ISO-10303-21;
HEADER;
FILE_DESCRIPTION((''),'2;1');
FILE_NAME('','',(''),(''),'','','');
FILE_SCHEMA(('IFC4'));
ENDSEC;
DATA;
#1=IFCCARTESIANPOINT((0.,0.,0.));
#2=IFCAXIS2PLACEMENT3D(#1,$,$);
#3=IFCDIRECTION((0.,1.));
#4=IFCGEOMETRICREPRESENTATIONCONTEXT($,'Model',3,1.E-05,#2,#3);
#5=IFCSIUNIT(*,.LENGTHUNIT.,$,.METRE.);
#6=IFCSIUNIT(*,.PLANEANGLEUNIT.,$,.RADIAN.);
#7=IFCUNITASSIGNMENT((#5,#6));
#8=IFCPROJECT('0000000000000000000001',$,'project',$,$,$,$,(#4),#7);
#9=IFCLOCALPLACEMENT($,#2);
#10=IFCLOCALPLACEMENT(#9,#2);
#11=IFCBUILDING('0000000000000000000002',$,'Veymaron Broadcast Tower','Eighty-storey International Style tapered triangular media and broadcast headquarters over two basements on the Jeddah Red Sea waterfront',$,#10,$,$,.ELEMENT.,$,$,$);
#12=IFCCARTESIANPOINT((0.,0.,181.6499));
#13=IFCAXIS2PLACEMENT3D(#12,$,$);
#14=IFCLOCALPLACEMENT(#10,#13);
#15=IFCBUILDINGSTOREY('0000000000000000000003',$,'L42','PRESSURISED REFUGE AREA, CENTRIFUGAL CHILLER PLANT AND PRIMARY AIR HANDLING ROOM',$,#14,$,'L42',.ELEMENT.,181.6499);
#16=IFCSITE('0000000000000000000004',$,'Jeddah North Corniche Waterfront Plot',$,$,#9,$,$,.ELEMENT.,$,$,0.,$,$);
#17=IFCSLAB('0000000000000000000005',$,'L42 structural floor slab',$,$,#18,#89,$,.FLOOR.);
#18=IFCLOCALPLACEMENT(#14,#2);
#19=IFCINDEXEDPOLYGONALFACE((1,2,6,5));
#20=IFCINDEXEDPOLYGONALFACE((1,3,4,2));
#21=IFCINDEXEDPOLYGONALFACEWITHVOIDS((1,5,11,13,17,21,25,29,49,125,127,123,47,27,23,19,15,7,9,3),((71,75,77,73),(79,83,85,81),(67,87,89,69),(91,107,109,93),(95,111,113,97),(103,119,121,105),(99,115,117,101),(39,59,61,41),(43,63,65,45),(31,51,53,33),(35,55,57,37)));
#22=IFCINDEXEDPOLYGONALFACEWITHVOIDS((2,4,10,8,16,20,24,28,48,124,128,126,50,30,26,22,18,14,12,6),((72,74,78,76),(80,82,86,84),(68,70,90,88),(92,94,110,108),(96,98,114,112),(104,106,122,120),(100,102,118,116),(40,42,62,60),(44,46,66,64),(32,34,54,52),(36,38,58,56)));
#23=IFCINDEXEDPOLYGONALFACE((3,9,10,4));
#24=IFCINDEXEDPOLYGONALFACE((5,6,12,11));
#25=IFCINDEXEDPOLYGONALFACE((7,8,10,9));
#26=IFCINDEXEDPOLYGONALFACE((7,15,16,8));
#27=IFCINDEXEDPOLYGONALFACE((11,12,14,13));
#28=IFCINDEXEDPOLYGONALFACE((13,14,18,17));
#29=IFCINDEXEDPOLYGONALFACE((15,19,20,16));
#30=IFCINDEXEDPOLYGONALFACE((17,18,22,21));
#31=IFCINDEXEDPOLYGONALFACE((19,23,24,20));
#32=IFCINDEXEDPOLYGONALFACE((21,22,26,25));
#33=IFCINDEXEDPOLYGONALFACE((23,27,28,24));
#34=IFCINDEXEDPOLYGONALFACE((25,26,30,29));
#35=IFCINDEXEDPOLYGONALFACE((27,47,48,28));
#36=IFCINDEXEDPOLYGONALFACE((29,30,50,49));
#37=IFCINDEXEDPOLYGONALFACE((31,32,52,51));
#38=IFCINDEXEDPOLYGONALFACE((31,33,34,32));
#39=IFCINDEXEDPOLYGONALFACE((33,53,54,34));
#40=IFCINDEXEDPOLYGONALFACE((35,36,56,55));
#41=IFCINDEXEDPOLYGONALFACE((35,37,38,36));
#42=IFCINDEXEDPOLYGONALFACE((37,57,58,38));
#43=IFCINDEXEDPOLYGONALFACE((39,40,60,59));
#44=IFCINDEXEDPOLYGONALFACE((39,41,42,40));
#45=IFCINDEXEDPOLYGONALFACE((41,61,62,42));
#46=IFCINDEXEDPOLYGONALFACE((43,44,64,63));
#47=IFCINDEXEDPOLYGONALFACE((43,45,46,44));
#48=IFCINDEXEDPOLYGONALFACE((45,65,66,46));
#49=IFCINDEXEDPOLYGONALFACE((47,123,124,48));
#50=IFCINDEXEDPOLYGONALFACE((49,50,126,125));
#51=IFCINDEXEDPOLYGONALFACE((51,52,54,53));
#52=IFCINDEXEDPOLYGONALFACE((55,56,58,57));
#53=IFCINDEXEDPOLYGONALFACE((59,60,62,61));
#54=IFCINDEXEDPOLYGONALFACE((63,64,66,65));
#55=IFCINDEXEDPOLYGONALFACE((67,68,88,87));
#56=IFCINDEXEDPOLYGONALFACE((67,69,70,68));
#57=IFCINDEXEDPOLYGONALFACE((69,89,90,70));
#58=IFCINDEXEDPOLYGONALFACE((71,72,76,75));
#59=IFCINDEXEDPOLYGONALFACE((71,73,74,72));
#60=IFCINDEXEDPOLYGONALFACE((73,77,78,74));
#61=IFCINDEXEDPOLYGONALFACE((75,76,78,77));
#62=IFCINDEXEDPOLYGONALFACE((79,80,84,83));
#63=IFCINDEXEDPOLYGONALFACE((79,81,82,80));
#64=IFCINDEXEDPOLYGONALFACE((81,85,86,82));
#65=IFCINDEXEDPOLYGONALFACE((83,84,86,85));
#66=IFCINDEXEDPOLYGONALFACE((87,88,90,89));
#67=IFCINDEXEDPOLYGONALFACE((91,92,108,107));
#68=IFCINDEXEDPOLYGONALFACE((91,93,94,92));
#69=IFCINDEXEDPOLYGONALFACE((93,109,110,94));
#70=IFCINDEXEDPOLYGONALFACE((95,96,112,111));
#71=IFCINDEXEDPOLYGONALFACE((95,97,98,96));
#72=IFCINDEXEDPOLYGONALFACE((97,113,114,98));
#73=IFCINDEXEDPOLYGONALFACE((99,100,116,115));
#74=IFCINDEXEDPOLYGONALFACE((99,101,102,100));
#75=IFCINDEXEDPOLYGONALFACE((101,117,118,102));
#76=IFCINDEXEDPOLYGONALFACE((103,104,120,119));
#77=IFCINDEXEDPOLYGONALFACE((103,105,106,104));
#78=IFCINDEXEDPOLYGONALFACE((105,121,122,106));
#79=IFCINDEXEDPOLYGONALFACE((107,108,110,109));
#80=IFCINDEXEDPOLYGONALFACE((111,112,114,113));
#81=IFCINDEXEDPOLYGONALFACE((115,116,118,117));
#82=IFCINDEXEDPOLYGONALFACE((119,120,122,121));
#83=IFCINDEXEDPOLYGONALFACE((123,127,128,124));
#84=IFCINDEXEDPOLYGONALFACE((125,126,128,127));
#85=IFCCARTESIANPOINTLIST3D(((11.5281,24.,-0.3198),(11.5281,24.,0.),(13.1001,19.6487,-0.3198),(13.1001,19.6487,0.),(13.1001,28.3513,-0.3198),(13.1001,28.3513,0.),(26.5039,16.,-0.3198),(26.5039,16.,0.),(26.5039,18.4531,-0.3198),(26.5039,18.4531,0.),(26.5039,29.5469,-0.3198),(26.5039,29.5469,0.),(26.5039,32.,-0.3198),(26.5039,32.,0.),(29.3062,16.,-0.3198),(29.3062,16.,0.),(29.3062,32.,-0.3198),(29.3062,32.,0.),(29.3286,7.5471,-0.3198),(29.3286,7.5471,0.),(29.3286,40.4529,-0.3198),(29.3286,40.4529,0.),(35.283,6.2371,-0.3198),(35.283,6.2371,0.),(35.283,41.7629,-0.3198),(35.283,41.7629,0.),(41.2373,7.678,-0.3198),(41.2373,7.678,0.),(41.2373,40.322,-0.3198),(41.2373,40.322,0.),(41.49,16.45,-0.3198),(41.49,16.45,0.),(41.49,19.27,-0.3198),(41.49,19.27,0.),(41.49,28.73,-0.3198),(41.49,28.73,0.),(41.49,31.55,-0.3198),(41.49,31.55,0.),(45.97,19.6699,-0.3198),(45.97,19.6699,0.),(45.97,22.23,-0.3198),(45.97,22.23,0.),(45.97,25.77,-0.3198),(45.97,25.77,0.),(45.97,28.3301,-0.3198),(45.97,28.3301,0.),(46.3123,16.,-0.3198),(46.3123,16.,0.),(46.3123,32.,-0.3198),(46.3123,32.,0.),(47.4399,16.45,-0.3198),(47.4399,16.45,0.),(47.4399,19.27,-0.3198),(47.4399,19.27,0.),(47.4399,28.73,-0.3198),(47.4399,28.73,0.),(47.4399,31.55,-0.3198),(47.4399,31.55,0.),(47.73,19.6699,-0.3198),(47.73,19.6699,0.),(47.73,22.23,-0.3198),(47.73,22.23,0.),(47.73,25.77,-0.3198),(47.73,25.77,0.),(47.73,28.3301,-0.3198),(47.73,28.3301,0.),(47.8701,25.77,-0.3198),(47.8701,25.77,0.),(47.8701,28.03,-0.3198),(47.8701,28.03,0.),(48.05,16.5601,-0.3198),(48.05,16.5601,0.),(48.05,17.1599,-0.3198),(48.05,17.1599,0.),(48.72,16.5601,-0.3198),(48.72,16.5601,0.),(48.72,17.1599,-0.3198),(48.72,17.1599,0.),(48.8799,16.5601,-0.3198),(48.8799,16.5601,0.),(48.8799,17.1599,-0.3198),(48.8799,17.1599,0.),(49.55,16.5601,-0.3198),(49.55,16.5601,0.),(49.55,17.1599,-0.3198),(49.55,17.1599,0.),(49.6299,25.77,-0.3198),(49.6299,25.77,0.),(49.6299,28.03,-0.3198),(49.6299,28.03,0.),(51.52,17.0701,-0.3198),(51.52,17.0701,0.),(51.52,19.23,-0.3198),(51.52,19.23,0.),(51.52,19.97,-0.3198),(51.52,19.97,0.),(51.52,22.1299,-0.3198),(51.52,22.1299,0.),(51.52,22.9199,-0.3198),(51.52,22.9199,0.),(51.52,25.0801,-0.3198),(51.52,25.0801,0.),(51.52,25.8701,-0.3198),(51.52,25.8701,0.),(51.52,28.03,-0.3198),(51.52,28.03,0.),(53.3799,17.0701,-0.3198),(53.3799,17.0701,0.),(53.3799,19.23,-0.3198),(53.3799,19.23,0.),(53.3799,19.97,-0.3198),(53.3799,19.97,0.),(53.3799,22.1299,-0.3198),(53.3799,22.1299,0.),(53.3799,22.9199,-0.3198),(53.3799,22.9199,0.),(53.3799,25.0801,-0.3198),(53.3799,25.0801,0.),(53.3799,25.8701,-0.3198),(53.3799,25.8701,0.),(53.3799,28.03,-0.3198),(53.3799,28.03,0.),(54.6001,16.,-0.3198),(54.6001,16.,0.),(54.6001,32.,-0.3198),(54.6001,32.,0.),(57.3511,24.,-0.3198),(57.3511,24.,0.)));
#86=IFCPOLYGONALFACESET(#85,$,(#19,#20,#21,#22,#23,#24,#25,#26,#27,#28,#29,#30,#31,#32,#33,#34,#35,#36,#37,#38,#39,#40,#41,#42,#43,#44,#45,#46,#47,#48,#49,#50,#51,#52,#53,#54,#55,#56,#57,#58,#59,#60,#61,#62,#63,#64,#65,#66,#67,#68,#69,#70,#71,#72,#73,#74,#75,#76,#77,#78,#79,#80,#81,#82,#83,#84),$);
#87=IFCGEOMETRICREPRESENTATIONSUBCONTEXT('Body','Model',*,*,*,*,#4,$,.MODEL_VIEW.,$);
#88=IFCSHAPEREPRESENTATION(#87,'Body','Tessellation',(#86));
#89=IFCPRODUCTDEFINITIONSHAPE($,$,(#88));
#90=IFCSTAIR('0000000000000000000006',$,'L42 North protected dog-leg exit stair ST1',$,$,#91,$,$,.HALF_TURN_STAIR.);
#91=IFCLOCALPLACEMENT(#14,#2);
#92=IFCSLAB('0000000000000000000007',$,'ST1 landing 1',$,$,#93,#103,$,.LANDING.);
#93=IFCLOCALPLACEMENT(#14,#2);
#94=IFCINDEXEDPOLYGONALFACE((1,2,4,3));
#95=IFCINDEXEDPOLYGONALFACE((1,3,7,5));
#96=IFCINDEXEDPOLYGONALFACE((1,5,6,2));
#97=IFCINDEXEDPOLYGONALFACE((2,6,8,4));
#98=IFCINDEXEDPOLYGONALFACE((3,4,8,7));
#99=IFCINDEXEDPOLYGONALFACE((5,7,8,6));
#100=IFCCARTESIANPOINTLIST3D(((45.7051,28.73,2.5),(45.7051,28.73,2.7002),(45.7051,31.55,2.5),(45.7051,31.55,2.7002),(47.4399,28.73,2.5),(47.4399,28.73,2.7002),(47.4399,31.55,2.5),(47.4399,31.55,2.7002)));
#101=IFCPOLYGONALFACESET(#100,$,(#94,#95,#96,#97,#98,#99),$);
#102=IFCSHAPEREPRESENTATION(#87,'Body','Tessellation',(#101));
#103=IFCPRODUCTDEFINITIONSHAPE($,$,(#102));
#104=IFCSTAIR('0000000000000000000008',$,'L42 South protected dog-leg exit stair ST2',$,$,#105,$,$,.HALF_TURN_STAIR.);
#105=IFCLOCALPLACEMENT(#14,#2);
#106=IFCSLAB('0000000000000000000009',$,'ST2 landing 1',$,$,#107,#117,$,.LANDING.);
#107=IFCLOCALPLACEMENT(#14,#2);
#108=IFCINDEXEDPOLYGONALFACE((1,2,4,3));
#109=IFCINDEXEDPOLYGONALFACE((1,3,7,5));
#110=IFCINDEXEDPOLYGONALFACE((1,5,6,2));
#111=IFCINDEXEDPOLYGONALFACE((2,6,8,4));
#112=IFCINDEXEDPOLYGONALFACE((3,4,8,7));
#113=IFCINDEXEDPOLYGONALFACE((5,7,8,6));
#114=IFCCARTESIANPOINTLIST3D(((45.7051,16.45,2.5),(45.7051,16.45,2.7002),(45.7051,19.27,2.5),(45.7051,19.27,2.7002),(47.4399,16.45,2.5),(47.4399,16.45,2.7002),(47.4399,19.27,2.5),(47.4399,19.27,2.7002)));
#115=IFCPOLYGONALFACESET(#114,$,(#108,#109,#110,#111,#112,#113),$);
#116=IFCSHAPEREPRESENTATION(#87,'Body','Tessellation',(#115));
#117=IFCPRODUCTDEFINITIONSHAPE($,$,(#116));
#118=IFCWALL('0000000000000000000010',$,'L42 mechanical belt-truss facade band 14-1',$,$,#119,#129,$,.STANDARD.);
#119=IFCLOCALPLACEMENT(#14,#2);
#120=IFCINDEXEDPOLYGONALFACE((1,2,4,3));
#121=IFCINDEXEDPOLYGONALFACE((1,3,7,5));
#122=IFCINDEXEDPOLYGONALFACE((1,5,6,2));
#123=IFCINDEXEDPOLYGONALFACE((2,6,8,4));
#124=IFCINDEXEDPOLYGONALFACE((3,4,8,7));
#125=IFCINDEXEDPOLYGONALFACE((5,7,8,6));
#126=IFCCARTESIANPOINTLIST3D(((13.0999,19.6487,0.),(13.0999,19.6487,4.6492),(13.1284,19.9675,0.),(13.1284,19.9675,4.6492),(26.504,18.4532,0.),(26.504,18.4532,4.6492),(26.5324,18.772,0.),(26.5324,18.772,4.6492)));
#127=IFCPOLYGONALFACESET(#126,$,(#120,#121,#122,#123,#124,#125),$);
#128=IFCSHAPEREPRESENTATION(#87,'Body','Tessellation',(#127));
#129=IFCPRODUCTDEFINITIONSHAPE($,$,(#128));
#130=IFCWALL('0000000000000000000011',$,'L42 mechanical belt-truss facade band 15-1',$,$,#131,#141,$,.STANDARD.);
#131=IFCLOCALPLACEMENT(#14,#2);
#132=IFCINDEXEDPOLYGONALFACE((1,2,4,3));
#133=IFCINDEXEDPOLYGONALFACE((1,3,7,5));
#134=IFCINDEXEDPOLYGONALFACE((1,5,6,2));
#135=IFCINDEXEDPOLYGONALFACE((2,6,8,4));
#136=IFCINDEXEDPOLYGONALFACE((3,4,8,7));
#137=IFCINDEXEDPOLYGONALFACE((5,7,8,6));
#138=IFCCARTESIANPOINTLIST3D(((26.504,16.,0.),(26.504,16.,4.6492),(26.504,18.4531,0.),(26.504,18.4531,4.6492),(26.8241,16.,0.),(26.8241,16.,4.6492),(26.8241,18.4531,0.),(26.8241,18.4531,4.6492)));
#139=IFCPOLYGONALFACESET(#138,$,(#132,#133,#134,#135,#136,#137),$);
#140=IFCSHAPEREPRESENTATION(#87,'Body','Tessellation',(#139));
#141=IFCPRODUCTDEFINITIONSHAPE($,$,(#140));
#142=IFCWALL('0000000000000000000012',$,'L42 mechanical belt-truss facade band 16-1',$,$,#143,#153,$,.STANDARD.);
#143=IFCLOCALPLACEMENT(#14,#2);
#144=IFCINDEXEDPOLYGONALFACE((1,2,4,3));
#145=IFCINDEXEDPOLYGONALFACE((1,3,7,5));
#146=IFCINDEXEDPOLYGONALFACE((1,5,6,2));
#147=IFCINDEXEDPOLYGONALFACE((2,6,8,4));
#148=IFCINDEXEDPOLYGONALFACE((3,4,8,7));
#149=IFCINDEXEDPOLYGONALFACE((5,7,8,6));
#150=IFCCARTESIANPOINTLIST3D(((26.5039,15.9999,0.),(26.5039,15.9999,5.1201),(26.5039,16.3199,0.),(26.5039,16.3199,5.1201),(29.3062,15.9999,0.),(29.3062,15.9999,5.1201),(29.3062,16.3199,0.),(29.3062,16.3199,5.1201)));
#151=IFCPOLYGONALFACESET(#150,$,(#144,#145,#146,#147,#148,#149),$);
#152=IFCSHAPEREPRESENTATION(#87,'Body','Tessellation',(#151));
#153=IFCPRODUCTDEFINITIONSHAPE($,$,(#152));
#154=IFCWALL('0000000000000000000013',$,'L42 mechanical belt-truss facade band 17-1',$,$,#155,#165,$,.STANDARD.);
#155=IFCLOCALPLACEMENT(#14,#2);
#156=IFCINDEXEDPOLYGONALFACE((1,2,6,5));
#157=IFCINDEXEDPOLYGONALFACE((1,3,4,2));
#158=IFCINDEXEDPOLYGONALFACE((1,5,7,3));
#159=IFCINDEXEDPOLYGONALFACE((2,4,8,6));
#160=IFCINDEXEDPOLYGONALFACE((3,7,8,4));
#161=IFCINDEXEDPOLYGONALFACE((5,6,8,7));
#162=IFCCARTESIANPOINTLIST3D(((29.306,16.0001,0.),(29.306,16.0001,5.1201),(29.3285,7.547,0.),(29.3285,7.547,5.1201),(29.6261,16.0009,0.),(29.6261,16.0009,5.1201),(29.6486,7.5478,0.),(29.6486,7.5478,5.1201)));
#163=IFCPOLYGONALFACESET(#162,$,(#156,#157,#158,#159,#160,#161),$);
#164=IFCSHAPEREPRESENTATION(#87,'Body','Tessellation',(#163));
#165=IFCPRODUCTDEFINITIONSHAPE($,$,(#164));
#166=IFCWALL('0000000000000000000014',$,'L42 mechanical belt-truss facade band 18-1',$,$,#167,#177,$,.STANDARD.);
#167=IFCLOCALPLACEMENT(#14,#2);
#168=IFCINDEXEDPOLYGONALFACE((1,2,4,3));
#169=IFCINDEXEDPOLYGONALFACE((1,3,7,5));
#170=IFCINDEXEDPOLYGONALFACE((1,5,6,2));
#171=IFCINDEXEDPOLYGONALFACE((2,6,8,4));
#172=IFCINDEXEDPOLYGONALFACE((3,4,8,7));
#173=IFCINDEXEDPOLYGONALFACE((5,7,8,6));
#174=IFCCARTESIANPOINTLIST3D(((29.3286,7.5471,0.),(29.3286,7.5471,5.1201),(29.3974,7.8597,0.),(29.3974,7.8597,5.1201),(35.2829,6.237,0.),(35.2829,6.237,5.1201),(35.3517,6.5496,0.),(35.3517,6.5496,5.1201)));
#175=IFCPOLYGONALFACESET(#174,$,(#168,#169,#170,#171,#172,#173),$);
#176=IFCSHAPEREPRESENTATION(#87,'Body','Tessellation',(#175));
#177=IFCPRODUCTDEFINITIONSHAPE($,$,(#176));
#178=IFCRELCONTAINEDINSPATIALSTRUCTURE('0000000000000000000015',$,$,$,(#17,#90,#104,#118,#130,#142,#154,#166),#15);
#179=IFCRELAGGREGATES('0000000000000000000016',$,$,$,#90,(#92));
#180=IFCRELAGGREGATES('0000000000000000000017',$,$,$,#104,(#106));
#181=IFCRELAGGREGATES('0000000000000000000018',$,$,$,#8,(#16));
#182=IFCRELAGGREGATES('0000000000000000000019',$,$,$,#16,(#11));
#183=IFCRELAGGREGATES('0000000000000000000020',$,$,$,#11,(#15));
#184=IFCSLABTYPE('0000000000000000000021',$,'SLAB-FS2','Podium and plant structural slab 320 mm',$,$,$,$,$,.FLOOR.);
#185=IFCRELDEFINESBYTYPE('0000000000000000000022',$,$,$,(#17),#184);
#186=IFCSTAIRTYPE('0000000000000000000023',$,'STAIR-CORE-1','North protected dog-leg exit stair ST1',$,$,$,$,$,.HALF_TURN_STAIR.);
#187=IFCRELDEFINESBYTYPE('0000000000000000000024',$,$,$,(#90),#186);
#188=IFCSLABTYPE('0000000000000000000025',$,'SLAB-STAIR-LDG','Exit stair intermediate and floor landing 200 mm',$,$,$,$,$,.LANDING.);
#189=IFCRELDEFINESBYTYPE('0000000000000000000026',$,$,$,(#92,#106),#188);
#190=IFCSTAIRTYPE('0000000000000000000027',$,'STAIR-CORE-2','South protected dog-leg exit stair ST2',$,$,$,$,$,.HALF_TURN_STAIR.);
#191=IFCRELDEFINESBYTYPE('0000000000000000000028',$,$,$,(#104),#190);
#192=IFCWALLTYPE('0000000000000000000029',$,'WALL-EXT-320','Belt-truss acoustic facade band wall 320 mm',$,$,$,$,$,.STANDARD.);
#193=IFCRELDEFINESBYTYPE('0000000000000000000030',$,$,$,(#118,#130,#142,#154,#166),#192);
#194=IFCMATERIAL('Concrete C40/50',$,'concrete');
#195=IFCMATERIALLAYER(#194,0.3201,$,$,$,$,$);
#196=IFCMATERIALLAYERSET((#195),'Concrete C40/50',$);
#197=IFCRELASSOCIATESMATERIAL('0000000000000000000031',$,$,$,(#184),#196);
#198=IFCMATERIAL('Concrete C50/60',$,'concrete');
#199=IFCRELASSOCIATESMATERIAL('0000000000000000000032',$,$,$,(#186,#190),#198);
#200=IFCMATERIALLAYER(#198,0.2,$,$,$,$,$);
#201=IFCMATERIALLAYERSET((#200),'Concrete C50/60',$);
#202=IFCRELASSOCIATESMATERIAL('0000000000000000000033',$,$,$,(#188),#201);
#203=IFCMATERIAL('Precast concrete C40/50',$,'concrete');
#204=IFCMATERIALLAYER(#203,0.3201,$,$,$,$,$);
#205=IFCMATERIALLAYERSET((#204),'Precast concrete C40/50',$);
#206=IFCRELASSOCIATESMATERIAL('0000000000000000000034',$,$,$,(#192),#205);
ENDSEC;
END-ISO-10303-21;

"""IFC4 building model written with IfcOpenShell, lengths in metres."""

from ifc_helpers import new_model, si_unit, direction, frame, frame_2d, origin, place, context, subcontext, project, spatial, polyline, rectangle, outline, extrude, material, layer, layer_set, type_object, element, aggregate, save


model = new_model("IFC4")

# Units and contexts
model_context = context("Model", 3, precision=1e-05, world=origin(), true_north=direction((0.0, 1.0)))
body_context = subcontext(model_context, "Body", "Model", "MODEL_VIEW")
ifc_project = project(units=[si_unit("LENGTHUNIT", "METRE"), si_unit("PLANEANGLEUNIT", "RADIAN")], contexts=[model_context])

# Site, building, storey
site_placement = place(None, origin())
site = spatial("IfcSite", under=ifc_project, at=site_placement, Name="Jeddah North Corniche Waterfront Plot", CompositionType="ELEMENT", RefElevation=0.0)
building_placement = place(site_placement, origin())
building = spatial("IfcBuilding", under=site, at=building_placement, Name="Veymaron Broadcast Tower", Description="Eighty-storey International Style tapered triangular media and broadcast headquarters over two basements on the Jeddah Red Sea waterfront", CompositionType="ELEMENT")
storey_placement = place(building_placement, frame((0.0, 0.0, 181.6499)))
storey = spatial("IfcBuildingStorey", under=building, at=storey_placement, Name="L42", Description="PRESSURISED REFUGE AREA, CENTRIFUGAL CHILLER PLANT AND PRIMARY AIR HANDLING ROOM", LongName="L42", CompositionType="ELEMENT", Elevation=181.6499)

# Slab
ifc_material_1 = material(Name="Concrete C40/50", Category="concrete")
ifc_layer_1 = layer(ifc_material_1, 0.3201)
ifc_layer_set_1 = layer_set([ifc_layer_1], Name="Concrete C40/50")
slab_type_1 = type_object("IfcSlabType", Name="SLAB-FS2", Description="Podium and plant structural slab 320 mm", PredefinedType="FLOOR", material=ifc_layer_set_1)
slab_1_placement = place(storey_placement, frame((0.0, 0.0, -0.3198)))
element("IfcSlab", 1, at=slab_1_placement, inside=storey, type_object=slab_type_1, Name="L42 structural floor slab", PredefinedType="FLOOR", context=body_context, shape_type="SweptSolid", body=[
    extrude(outline(polyline([(46.3123, 16.0), (54.6001, 16.0), (57.3511, 24.0), (54.6001, 32.0), (46.3123, 32.0), (41.2373, 40.322), (35.283, 41.7629), (29.3286, 40.4529), (29.3062, 32.0), (26.5039, 32.0), (26.5039, 29.5469), (13.1001, 28.3513), (11.5281, 24.0), (13.1001, 19.6487), (26.5039, 18.4531), (26.5039, 16.0), (29.3062, 16.0), (29.3286, 7.5471), (35.283, 6.2371), (41.2373, 7.678), (46.3123, 16.0)]), holes=[polyline([(45.97, 28.3301), (47.73, 28.3301), (47.73, 25.77), (45.97, 25.77), (45.97, 28.3301)]), polyline([(45.97, 22.23), (47.73, 22.23), (47.73, 19.6699), (45.97, 19.6699), (45.97, 22.23)]), polyline([(47.8701, 28.03), (49.6299, 28.03), (49.6299, 25.77), (47.8701, 25.77), (47.8701, 28.03)]), polyline([(51.52, 28.03), (53.3799, 28.03), (53.3799, 25.8701), (51.52, 25.8701), (51.52, 28.03)]), polyline([(51.52, 22.1299), (53.3799, 22.1299), (53.3799, 19.97), (51.52, 19.97), (51.52, 22.1299)]), polyline([(51.52, 25.0801), (53.3799, 25.0801), (53.3799, 22.9199), (51.52, 22.9199), (51.52, 25.0801)]), polyline([(51.52, 19.23), (53.3799, 19.23), (53.3799, 17.0701), (51.52, 17.0701), (51.52, 19.23)]), polyline([(48.05, 17.1599), (48.72, 17.1599), (48.72, 16.5601), (48.05, 16.5601), (48.05, 17.1599)]), polyline([(48.8799, 17.1599), (49.55, 17.1599), (49.55, 16.5601), (48.8799, 16.5601), (48.8799, 17.1599)]), polyline([(41.49, 31.55), (47.4399, 31.55), (47.4399, 28.73), (41.49, 28.73), (41.49, 31.55)]), polyline([(41.49, 19.27), (47.4399, 19.27), (47.4399, 16.45), (41.49, 16.45), (41.49, 19.27)])]), origin(), (0.0, 0.0, 1.0), 0.3198),
])

# Stairs, slabs
ifc_material_2 = material(Name="Concrete C50/60", Category="concrete")
stair_type_1 = type_object("IfcStairType", Name="STAIR-CORE-1", Description="North protected dog-leg exit stair ST1", PredefinedType="HALF_TURN_STAIR", material=ifc_material_2)
stair_1_placement = place(storey_placement, origin())
stair_1 = element("IfcStair", 2, at=stair_1_placement, inside=storey, type_object=stair_type_1, Name="L42 North protected dog-leg exit stair ST1", PredefinedType="HALF_TURN_STAIR")
ifc_layer_2 = layer(ifc_material_2, 0.2)
ifc_layer_set_2 = layer_set([ifc_layer_2], Name="Concrete C50/60")
slab_type_2 = type_object("IfcSlabType", Name="SLAB-STAIR-LDG", Description="Exit stair intermediate and floor landing 200 mm", PredefinedType="LANDING", material=ifc_layer_set_2)
slab_2_placement = place(storey_placement, frame((0.0, 0.0, 2.5)))
slab_2 = element("IfcSlab", 3, at=slab_2_placement, type_object=slab_type_2, Name="ST1 landing 1", PredefinedType="LANDING", context=body_context, shape_type="SweptSolid", body=[
    extrude(outline(polyline([(45.7051, 28.73), (47.4399, 28.73), (47.4399, 31.55), (45.7051, 31.55), (45.7051, 28.73)])), origin(), (0.0, 0.0, 1.0), 0.2002),
])
aggregate(stair_1, [slab_2])
stair_type_2 = type_object("IfcStairType", Name="STAIR-CORE-2", Description="South protected dog-leg exit stair ST2", PredefinedType="HALF_TURN_STAIR", material=ifc_material_2)
stair_2_placement = place(storey_placement, origin())
stair_2 = element("IfcStair", 4, at=stair_2_placement, inside=storey, type_object=stair_type_2, Name="L42 South protected dog-leg exit stair ST2", PredefinedType="HALF_TURN_STAIR")
slab_3_placement = place(storey_placement, frame((0.0, 0.0, 2.5)))
slab_3 = element("IfcSlab", 5, at=slab_3_placement, type_object=slab_type_2, Name="ST2 landing 1", PredefinedType="LANDING", context=body_context, shape_type="SweptSolid", body=[
    extrude(outline(polyline([(45.7051, 16.45), (47.4399, 16.45), (47.4399, 19.27), (45.7051, 19.27), (45.7051, 16.45)])), origin(), (0.0, 0.0, 1.0), 0.2002),
])
aggregate(stair_2, [slab_3])

# Walls
ifc_material_3 = material(Name="Precast concrete C40/50", Category="concrete")
ifc_layer_3 = layer(ifc_material_3, 0.3201)
ifc_layer_set_3 = layer_set([ifc_layer_3], Name="Precast concrete C40/50")
wall_type_1 = type_object("IfcWallType", Name="WALL-EXT-320", Description="Belt-truss acoustic facade band wall 320 mm", PredefinedType="STANDARD", material=ifc_layer_set_3)
wall_1_placement = place(storey_placement, frame((13.1143, 19.8081, 0.0), z_axis=(0.0, 0.0, 1.0), x_axis=(0.996046, -0.088841, 0.0)))
element("IfcWall", 6, at=wall_1_placement, inside=storey, type_object=wall_type_1, Name="L42 mechanical belt-truss facade band 14-1", PredefinedType="STANDARD", context=body_context, shape_type="SweptSolid", body=[
    extrude(rectangle(XDim=13.4573, YDim=0.3201, at=frame_2d((6.7285, 0.0))), origin(), (0.0, 0.0, 1.0), 4.6492),
])
wall_2_placement = place(storey_placement, frame((26.6641, 18.4531, 0.0), z_axis=(0.0, 0.0, 1.0), x_axis=(0.0, -1.0, 0.0)))
element("IfcWall", 7, at=wall_2_placement, inside=storey, type_object=wall_type_1, Name="L42 mechanical belt-truss facade band 15-1", PredefinedType="STANDARD", context=body_context, shape_type="SweptSolid", body=[
    extrude(rectangle(XDim=2.4531, YDim=0.3201, at=frame_2d((1.2266, 0.0))), origin(), (0.0, 0.0, 1.0), 4.6492),
])
wall_3_placement = place(storey_placement, frame((26.5039, 16.1599, 0.0), z_axis=(0.0, 0.0, 1.0), x_axis=(1.0, 0.0, 0.0)))
element("IfcWall", 8, at=wall_3_placement, inside=storey, type_object=wall_type_1, Name="L42 mechanical belt-truss facade band 16-1", PredefinedType="STANDARD", context=body_context, shape_type="SweptSolid", body=[
    extrude(rectangle(XDim=2.8022, YDim=0.3201, at=frame_2d((1.4011, 0.0))), origin(), (0.0, 0.0, 1.0), 5.1201),
])
wall_4_placement = place(storey_placement, frame((29.4661, 16.0005, 0.0), z_axis=(0.0, 0.0, 1.0), x_axis=(0.002657, -0.999996, 0.0)))
element("IfcWall", 9, at=wall_4_placement, inside=storey, type_object=wall_type_1, Name="L42 mechanical belt-truss facade band 17-1", PredefinedType="STANDARD", context=body_context, shape_type="SweptSolid", body=[
    extrude(rectangle(XDim=8.4531, YDim=0.3201, at=frame_2d((4.2266, 0.0))), origin(), (0.0, 0.0, 1.0), 5.1201),
])
wall_5_placement = place(storey_placement, frame((29.363, 7.7034, 0.0), z_axis=(0.0, 0.0, 1.0), x_axis=(0.976641, -0.214878, 0.0)))
element("IfcWall", 10, at=wall_5_placement, inside=storey, type_object=wall_type_1, Name="L42 mechanical belt-truss facade band 18-1", PredefinedType="STANDARD", context=body_context, shape_type="SweptSolid", body=[
    extrude(rectangle(XDim=6.0967, YDim=0.3201, at=frame_2d((3.0483, 0.0))), origin(), (0.0, 0.0, 1.0), 5.1201),
])

save(model, "model.ifc")
